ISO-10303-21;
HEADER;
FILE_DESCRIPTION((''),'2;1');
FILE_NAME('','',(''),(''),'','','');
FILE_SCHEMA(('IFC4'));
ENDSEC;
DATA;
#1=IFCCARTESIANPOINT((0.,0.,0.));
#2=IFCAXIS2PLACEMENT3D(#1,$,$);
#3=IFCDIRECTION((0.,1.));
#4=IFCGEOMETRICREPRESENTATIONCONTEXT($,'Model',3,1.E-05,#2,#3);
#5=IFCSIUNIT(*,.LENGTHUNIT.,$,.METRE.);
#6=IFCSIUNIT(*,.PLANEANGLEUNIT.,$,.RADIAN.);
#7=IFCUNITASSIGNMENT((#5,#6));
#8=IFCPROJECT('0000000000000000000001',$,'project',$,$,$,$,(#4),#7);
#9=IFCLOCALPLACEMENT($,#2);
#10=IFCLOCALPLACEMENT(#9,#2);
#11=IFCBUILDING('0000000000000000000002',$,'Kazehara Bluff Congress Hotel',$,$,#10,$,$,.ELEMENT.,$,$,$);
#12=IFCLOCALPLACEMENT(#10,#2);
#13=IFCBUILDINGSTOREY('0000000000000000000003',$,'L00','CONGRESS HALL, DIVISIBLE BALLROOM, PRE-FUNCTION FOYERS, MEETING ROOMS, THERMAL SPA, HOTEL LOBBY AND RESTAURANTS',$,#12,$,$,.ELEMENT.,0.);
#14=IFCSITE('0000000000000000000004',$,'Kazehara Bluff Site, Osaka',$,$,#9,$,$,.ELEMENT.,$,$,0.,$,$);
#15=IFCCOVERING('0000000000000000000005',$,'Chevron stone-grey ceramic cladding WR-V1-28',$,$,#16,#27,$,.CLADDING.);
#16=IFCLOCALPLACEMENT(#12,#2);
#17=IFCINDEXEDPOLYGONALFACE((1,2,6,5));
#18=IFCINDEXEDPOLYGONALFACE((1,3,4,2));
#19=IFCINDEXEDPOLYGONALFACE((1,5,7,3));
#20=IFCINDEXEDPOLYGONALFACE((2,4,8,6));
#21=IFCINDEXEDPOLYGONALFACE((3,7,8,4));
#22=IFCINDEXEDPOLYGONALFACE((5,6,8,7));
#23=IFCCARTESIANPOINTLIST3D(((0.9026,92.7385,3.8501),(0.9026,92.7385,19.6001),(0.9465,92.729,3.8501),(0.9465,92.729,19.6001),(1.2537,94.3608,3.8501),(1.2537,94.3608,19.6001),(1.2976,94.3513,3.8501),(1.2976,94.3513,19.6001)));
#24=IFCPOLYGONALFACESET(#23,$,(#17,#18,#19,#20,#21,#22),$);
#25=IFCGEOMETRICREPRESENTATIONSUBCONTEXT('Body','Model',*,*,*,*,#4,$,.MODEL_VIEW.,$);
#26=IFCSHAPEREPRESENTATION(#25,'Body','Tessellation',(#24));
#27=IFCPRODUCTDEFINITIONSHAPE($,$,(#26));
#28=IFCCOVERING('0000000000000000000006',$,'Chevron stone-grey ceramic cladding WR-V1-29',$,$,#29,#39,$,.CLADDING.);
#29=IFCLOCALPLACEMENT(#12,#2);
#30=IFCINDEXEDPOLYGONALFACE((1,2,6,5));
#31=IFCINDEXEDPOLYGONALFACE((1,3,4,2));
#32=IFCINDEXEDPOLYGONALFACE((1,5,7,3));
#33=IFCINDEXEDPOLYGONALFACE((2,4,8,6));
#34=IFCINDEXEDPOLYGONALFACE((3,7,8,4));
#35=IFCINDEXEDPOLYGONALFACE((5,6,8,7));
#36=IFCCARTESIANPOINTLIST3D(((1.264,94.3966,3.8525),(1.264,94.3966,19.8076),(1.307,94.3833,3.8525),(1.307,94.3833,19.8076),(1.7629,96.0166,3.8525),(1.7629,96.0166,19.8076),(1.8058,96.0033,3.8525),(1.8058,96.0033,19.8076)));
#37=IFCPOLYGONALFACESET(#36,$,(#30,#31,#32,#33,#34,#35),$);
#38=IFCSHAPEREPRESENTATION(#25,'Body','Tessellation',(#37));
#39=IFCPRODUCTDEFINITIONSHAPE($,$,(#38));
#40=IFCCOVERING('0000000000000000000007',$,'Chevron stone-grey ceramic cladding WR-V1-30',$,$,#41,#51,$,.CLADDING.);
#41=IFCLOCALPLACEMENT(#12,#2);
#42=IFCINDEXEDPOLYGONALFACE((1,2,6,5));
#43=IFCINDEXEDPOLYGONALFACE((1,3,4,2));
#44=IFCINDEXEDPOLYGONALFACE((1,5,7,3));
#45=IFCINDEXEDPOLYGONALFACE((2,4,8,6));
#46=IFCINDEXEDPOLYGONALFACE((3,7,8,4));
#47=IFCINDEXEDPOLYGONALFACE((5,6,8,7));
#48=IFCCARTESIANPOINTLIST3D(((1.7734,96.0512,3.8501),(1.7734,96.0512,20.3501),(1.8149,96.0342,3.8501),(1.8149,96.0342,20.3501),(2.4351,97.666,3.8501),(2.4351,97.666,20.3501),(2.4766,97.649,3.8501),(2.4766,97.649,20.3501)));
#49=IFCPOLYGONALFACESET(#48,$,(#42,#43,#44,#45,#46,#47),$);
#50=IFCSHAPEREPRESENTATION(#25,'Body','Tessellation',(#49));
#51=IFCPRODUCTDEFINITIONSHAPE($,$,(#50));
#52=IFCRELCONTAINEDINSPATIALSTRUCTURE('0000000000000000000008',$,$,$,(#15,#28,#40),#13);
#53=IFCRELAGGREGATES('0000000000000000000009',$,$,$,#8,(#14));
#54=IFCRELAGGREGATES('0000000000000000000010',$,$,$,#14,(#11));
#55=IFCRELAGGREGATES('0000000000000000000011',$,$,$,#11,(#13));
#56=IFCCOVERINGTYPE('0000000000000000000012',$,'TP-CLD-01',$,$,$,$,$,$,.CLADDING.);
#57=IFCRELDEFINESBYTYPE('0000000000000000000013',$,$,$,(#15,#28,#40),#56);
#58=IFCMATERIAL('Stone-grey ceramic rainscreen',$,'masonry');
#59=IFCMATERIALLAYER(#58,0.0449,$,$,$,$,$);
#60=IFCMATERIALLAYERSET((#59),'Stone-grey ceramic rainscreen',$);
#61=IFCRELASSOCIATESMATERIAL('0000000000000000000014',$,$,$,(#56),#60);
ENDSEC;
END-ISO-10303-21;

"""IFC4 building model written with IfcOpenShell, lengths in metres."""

from ifc_helpers import new_model, si_unit, direction, frame, origin, origin_2d, place, context, subcontext, project, spatial, rectangle, extrude, material, layer, layer_set, type_object, element, save


model = new_model("IFC4")

# Units and contexts
model_context = context("Model", 3, precision=1e-05, world=origin(), true_north=direction((0.0, 1.0)))
body_context = subcontext(model_context, "Body", "Model", "MODEL_VIEW")
ifc_project = project(units=[si_unit("LENGTHUNIT", "METRE"), si_unit("PLANEANGLEUNIT", "RADIAN")], contexts=[model_context])

# Site, building, storey
site_placement = place(None, origin())
site = spatial("IfcSite", under=ifc_project, at=site_placement, Name="Kazehara Bluff Site, Osaka", CompositionType="ELEMENT", RefElevation=0.0)
building_placement = place(site_placement, origin())
building = spatial("IfcBuilding", under=site, at=building_placement, Name="Kazehara Bluff Congress Hotel", CompositionType="ELEMENT")
storey_placement = place(building_placement, origin())
storey = spatial("IfcBuildingStorey", under=building, at=storey_placement, Name="L00", Description="CONGRESS HALL, DIVISIBLE BALLROOM, PRE-FUNCTION FOYERS, MEETING ROOMS, THERMAL SPA, HOTEL LOBBY AND RESTAURANTS", CompositionType="ELEMENT", Elevation=0.0)

# Coverings
ifc_material_1 = material(Name="Stone-grey ceramic rainscreen", Category="masonry")
ifc_layer_1 = layer(ifc_material_1, 0.0449)
ifc_layer_set_1 = layer_set([ifc_layer_1], Name="Stone-grey ceramic rainscreen")
covering_type_1 = type_object("IfcCoveringType", Name="TP-CLD-01", PredefinedType="CLADDING", material=ifc_layer_set_1)
covering_1_placement = place(storey_placement, frame((1.1001, 93.5449, 3.8501), z_axis=(0.0, 0.0, 1.0), x_axis=(0.211564, 0.977364, 0.0)))
element("IfcCovering", 1, at=covering_1_placement, inside=storey, type_object=covering_type_1, Name="Chevron stone-grey ceramic cladding WR-V1-28", PredefinedType="CLADDING", context=body_context, shape_type="SweptSolid", body=[
    extrude(rectangle(XDim=1.6599, YDim=0.0449, at=origin_2d()), origin(), (0.0, 0.0, 1.0), 15.75),
])
covering_2_placement = place(storey_placement, frame((1.5349, 95.2, 3.8525), z_axis=(0.0, 0.0, 1.0), x_axis=(0.294291, 0.955716, 0.0)))
element("IfcCovering", 2, at=covering_2_placement, inside=storey, type_object=covering_type_1, Name="Chevron stone-grey ceramic cladding WR-V1-29", PredefinedType="CLADDING", context=body_context, shape_type="SweptSolid", body=[
    extrude(rectangle(XDim=1.6951, YDim=0.0449, at=origin_2d()), origin(), (0.0, 0.0, 1.0), 15.9551),
])
covering_3_placement = place(storey_placement, frame((2.125, 96.8501, 3.8501), z_axis=(0.0, 0.0, 1.0), x_axis=(0.379183, 0.925322, 0.0)))
element("IfcCovering", 3, at=covering_3_placement, inside=storey, type_object=covering_type_1, Name="Chevron stone-grey ceramic cladding WR-V1-30", PredefinedType="CLADDING", context=body_context, shape_type="SweptSolid", body=[
    extrude(rectangle(XDim=1.7451, YDim=0.0449, at=origin_2d()), origin(), (0.0, 0.0, 1.0), 16.5),
])

save(model, "model.ifc")
